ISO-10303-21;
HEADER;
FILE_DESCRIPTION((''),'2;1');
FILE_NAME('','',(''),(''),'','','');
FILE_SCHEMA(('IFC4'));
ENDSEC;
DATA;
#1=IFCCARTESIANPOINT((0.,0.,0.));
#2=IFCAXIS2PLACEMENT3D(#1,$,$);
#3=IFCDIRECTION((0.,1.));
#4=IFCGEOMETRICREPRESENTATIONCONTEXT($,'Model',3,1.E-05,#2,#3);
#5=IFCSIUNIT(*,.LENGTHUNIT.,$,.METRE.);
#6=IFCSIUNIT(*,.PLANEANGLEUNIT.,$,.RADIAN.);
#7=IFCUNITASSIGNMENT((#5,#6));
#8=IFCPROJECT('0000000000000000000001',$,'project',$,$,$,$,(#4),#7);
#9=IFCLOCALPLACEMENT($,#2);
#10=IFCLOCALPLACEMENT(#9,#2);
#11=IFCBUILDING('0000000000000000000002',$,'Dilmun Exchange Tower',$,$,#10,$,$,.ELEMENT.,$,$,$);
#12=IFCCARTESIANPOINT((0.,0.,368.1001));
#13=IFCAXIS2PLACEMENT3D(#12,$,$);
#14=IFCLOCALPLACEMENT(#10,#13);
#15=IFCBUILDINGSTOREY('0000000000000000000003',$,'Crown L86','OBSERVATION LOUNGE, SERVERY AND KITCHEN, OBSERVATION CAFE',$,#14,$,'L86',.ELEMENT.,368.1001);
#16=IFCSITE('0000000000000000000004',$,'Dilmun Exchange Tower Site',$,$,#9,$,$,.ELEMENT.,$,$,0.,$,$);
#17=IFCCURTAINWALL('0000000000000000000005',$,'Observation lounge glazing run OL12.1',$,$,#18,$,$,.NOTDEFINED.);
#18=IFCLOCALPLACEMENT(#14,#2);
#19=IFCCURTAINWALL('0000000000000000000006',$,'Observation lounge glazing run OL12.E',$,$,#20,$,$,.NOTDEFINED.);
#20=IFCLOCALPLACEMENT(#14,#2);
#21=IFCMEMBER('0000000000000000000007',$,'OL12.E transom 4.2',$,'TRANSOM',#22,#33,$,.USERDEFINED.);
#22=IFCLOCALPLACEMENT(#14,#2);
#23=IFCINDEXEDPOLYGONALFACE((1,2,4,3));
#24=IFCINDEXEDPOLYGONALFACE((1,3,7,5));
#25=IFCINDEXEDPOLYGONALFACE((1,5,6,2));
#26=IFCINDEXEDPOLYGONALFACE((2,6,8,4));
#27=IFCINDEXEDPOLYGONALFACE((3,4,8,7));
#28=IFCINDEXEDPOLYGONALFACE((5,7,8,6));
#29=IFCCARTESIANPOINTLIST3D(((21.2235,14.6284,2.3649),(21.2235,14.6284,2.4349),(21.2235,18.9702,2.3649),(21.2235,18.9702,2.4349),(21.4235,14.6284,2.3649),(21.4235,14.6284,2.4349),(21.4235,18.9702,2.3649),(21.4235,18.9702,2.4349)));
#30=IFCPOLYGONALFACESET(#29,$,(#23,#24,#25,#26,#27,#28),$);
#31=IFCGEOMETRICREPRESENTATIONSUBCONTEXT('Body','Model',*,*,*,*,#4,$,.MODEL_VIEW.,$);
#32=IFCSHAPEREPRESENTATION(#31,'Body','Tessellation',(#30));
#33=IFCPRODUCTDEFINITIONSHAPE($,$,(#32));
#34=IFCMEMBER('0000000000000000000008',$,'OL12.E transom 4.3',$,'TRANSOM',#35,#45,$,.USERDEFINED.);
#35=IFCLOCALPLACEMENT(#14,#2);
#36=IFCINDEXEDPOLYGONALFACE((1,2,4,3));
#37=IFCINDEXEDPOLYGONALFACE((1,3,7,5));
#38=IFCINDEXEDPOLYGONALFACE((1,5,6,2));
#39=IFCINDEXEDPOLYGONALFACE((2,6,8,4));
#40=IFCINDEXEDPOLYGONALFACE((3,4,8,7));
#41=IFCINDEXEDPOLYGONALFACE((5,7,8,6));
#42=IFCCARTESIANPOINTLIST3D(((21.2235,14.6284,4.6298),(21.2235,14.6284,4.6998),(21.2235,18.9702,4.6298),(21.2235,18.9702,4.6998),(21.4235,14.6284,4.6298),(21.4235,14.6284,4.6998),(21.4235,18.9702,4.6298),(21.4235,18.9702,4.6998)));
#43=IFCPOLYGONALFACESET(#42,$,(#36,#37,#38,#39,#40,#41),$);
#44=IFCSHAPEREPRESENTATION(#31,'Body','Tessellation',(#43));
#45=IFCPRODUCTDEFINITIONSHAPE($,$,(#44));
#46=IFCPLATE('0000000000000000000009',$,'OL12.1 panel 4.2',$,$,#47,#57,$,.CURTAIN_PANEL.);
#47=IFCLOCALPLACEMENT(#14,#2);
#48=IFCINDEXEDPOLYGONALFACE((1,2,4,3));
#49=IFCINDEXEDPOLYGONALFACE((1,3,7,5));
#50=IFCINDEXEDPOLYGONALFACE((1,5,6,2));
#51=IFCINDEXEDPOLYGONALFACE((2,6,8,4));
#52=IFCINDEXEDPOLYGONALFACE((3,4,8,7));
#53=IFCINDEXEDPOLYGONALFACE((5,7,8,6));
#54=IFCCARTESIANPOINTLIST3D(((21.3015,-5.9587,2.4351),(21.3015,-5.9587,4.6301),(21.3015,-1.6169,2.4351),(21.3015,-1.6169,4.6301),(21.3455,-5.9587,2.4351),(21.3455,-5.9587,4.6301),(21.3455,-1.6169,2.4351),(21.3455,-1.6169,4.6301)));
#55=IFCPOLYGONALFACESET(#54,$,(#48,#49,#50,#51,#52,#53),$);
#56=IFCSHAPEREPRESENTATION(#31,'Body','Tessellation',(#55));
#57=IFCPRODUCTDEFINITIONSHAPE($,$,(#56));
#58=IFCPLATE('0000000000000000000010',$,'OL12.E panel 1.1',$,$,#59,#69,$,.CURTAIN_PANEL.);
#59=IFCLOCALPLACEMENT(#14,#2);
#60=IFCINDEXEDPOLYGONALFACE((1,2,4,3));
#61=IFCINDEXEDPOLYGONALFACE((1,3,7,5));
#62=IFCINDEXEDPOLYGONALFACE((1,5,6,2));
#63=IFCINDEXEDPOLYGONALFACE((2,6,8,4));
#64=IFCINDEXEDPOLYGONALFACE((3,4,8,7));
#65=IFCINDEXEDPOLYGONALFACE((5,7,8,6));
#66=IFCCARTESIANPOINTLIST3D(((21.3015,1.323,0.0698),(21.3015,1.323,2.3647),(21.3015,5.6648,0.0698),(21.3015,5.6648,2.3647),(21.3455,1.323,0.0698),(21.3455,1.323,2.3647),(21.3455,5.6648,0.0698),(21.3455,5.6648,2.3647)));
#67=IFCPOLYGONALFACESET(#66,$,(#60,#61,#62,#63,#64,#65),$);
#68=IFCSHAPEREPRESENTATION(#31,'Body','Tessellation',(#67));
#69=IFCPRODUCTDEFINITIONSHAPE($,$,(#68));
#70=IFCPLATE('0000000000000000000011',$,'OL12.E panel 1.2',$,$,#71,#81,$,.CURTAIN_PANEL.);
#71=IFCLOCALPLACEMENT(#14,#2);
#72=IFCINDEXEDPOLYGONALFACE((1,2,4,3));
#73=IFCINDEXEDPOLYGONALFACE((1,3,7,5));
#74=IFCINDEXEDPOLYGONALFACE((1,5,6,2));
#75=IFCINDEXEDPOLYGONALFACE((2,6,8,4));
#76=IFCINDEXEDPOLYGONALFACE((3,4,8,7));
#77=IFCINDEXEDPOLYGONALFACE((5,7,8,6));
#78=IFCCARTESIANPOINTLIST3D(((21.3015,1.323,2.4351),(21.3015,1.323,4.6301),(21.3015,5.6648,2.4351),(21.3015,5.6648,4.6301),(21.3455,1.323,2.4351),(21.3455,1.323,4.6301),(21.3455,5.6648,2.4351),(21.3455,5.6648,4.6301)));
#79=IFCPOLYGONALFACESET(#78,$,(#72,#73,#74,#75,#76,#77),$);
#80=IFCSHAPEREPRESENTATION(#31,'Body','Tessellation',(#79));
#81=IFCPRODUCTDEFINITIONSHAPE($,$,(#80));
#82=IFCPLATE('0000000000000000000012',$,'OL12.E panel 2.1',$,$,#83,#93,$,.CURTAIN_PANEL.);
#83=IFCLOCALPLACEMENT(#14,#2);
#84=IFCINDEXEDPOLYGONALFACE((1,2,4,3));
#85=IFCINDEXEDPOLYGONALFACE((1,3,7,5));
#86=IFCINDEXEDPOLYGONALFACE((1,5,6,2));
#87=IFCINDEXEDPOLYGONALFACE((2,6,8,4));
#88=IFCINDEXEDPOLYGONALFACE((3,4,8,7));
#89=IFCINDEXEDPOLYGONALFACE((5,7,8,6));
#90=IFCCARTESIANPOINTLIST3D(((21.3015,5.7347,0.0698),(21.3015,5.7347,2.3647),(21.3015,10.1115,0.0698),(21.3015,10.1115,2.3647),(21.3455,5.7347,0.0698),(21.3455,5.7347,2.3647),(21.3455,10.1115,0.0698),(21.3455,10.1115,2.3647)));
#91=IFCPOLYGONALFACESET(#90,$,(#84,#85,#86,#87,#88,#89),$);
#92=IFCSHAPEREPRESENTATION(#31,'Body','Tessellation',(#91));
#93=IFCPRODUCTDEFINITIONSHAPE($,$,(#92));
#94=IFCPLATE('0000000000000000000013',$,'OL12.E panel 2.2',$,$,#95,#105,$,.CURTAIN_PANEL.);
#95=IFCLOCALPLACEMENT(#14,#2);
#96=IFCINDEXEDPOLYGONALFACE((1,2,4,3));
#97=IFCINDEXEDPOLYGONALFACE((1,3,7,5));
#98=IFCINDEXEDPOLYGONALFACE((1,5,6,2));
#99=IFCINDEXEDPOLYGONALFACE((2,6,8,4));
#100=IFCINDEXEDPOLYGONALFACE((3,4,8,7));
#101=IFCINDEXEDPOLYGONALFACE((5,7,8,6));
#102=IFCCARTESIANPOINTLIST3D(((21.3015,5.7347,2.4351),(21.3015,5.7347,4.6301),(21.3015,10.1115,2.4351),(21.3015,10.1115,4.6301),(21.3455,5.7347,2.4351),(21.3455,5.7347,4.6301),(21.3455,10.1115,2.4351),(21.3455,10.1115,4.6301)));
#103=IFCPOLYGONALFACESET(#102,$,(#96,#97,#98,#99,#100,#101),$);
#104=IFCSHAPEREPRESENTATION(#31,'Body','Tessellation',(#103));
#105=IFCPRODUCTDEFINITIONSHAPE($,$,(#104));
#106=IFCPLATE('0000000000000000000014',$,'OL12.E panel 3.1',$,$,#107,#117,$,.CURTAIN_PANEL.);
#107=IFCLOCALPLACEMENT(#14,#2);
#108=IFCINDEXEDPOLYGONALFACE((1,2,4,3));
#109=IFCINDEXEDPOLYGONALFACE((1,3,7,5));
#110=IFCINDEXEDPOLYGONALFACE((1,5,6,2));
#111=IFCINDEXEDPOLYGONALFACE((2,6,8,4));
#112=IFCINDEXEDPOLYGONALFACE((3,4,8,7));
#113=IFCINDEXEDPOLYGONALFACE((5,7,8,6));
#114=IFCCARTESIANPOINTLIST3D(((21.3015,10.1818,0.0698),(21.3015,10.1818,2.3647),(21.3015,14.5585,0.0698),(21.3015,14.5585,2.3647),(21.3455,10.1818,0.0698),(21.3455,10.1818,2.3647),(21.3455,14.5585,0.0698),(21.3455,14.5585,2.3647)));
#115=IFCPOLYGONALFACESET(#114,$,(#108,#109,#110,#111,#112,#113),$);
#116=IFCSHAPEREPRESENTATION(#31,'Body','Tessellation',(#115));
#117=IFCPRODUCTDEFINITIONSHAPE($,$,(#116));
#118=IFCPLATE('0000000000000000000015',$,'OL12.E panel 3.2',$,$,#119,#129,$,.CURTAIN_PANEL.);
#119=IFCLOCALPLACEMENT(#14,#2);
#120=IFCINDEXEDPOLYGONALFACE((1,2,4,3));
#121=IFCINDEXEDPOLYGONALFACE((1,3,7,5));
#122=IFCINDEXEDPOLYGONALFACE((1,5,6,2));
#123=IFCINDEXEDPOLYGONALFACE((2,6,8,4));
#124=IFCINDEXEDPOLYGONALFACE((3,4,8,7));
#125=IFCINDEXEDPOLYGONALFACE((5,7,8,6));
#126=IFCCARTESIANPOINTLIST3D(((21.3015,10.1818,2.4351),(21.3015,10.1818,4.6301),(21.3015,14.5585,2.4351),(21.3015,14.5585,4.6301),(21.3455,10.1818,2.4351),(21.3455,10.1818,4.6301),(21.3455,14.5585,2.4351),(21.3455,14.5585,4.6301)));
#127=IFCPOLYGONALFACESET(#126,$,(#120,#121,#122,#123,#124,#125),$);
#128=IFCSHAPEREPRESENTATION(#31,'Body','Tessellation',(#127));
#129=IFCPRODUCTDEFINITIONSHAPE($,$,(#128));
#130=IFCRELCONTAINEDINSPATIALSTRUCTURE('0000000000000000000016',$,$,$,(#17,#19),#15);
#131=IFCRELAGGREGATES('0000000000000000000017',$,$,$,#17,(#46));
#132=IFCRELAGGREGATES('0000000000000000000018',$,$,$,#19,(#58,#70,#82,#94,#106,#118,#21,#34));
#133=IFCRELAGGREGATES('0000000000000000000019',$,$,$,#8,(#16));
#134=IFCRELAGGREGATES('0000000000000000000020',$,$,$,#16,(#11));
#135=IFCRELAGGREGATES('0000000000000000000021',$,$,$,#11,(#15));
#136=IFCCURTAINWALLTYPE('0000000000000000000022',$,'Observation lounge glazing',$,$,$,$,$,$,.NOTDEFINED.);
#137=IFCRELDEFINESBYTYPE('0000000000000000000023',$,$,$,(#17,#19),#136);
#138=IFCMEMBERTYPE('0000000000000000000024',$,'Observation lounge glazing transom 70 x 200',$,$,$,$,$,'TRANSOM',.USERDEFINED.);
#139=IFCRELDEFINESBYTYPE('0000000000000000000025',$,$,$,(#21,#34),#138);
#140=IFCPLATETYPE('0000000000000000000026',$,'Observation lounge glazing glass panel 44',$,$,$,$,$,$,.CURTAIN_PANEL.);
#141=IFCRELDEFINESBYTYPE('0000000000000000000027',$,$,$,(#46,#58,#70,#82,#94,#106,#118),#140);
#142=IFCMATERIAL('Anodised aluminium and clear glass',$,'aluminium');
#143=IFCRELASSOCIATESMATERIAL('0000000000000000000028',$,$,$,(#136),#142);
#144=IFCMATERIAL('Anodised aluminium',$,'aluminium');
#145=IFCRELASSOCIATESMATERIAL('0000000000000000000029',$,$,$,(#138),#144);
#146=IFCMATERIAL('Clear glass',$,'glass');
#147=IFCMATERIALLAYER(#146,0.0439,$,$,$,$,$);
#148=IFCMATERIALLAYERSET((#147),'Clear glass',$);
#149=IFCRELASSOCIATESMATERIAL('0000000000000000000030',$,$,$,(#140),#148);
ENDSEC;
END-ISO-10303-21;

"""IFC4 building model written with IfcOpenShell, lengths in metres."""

from ifc_helpers import new_model, si_unit, direction, frame, origin, origin_2d, place, context, subcontext, project, spatial, rectangle, extrude, material, layer, layer_set, material_profile, profile_set, type_object, element, aggregate, save


model = new_model("IFC4")

# Units and contexts
model_context = context("Model", 3, precision=1e-05, world=origin(), true_north=direction((0.0, 1.0)))
body_context = subcontext(model_context, "Body", "Model", "MODEL_VIEW")
ifc_project = project(units=[si_unit("LENGTHUNIT", "METRE"), si_unit("PLANEANGLEUNIT", "RADIAN")], contexts=[model_context])

# Site, building, storey
site_placement = place(None, origin())
site = spatial("IfcSite", under=ifc_project, at=site_placement, Name="Dilmun Exchange Tower Site", CompositionType="ELEMENT", RefElevation=0.0)
building_placement = place(site_placement, origin())
building = spatial("IfcBuilding", under=site, at=building_placement, Name="Dilmun Exchange Tower", CompositionType="ELEMENT")
storey_placement = place(building_placement, frame((0.0, 0.0, 368.1001)))
storey = spatial("IfcBuildingStorey", under=building, at=storey_placement, Name="Crown L86", Description="OBSERVATION LOUNGE, SERVERY AND KITCHEN, OBSERVATION CAFE", LongName="L86", CompositionType="ELEMENT", Elevation=368.1001)

# Curtain wall
ifc_material_1 = material(Name="Anodised aluminium and clear glass", Category="aluminium")
curtain_wall_type = type_object("IfcCurtainWallType", Name="Observation lounge glazing", PredefinedType="NOTDEFINED", material=ifc_material_1)
curtain_wall_1_placement = place(storey_placement, origin())
curtain_wall_1 = element("IfcCurtainWall", 1, at=curtain_wall_1_placement, inside=storey, type_object=curtain_wall_type, Name="Observation lounge glazing run OL12.1", PredefinedType="NOTDEFINED")
ifc_material_2 = material(Name="Anodised aluminium", Category="aluminium")

# Curtain wall, members
curtain_wall_2_placement = place(storey_placement, origin())
curtain_wall_2 = element("IfcCurtainWall", 2, at=curtain_wall_2_placement, inside=storey, type_object=curtain_wall_type, Name="Observation lounge glazing run OL12.E", PredefinedType="NOTDEFINED")
ifc_material_profile_1 = material_profile(ifc_material_2, rectangle(XDim=0.2, YDim=0.0701, at=origin_2d()), Name="AL 70x200")
ifc_profile_set_1 = profile_set([ifc_material_profile_1], Name="Anodised aluminium")
member_type_1 = type_object("IfcMemberType", Name="Observation lounge glazing transom 70 x 200", ElementType="TRANSOM", PredefinedType="USERDEFINED", material=ifc_profile_set_1)
member_1_placement = place(storey_placement, frame((21.3235, 14.6284, 2.3999), z_axis=(0.0, 1.0, 0.0), x_axis=(-1.0, 0.0, 0.0)))
member_1 = element("IfcMember", 3, at=member_1_placement, type_object=member_type_1, Name="OL12.E transom 4.2", ObjectType="TRANSOM", PredefinedType="USERDEFINED", context=body_context, shape_type="SweptSolid", body=[
    extrude(rectangle(XDim=0.2, YDim=0.0701, at=origin_2d()), origin(), (0.0, 0.0, 1.0), 4.3418),
])
member_2_placement = place(storey_placement, frame((21.3235, 14.6284, 4.6648), z_axis=(0.0, 1.0, 0.0), x_axis=(-1.0, 0.0, 0.0)))
member_2 = element("IfcMember", 4, at=member_2_placement, type_object=member_type_1, Name="OL12.E transom 4.3", ObjectType="TRANSOM", PredefinedType="USERDEFINED", context=body_context, shape_type="SweptSolid", body=[
    extrude(rectangle(XDim=0.2, YDim=0.0701, at=origin_2d()), origin(), (0.0, 0.0, 1.0), 4.3418),
])

# Plates
ifc_material_3 = material(Name="Clear glass", Category="glass")
ifc_layer_1 = layer(ifc_material_3, 0.0439)
ifc_layer_set_1 = layer_set([ifc_layer_1], Name="Clear glass")
plate_type = type_object("IfcPlateType", Name="Observation lounge glazing glass panel 44", PredefinedType="CURTAIN_PANEL", material=ifc_layer_set_1)
plate_1_placement = place(storey_placement, frame((21.3235, -3.7878, 2.4351), z_axis=(0.0, 0.0, 1.0), x_axis=(0.0, 1.0, 0.0)))
plate_1 = element("IfcPlate", 5, at=plate_1_placement, type_object=plate_type, Name="OL12.1 panel 4.2", PredefinedType="CURTAIN_PANEL", context=body_context, shape_type="SweptSolid", body=[
    extrude(rectangle(XDim=4.3418, YDim=0.0439, at=origin_2d()), origin(), (0.0, 0.0, 1.0), 2.1951),
])
aggregate(curtain_wall_1, [plate_1])
plate_2_placement = place(storey_placement, frame((21.3235, 3.4939, 0.0698), z_axis=(0.0, 0.0, 1.0), x_axis=(0.0, 1.0, 0.0)))
plate_2 = element("IfcPlate", 6, at=plate_2_placement, type_object=plate_type, Name="OL12.E panel 1.1", PredefinedType="CURTAIN_PANEL", context=body_context, shape_type="SweptSolid", body=[
    extrude(rectangle(XDim=4.3418, YDim=0.0439, at=origin_2d()), origin(), (0.0, 0.0, 1.0), 2.2949),
])
plate_3_placement = place(storey_placement, frame((21.3235, 3.4939, 2.4351), z_axis=(0.0, 0.0, 1.0), x_axis=(0.0, 1.0, 0.0)))
plate_3 = element("IfcPlate", 7, at=plate_3_placement, type_object=plate_type, Name="OL12.E panel 1.2", PredefinedType="CURTAIN_PANEL", context=body_context, shape_type="SweptSolid", body=[
    extrude(rectangle(XDim=4.3418, YDim=0.0439, at=origin_2d()), origin(), (0.0, 0.0, 1.0), 2.1951),
])
plate_4_placement = place(storey_placement, frame((21.3235, 7.9231, 0.0698), z_axis=(0.0, 0.0, 1.0), x_axis=(0.0, 1.0, 0.0)))
plate_4 = element("IfcPlate", 8, at=plate_4_placement, type_object=plate_type, Name="OL12.E panel 2.1", PredefinedType="CURTAIN_PANEL", context=body_context, shape_type="SweptSolid", body=[
    extrude(rectangle(XDim=4.3767, YDim=0.0439, at=origin_2d()), origin(), (0.0, 0.0, 1.0), 2.2949),
])
plate_5_placement = place(storey_placement, frame((21.3235, 7.9231, 2.4351), z_axis=(0.0, 0.0, 1.0), x_axis=(0.0, 1.0, 0.0)))
plate_5 = element("IfcPlate", 9, at=plate_5_placement, type_object=plate_type, Name="OL12.E panel 2.2", PredefinedType="CURTAIN_PANEL", context=body_context, shape_type="SweptSolid", body=[
    extrude(rectangle(XDim=4.3767, YDim=0.0439, at=origin_2d()), origin(), (0.0, 0.0, 1.0), 2.1951),
])
plate_6_placement = place(storey_placement, frame((21.3235, 12.3701, 0.0698), z_axis=(0.0, 0.0, 1.0), x_axis=(0.0, 1.0, 0.0)))
plate_6 = element("IfcPlate", 10, at=plate_6_placement, type_object=plate_type, Name="OL12.E panel 3.1", PredefinedType="CURTAIN_PANEL", context=body_context, shape_type="SweptSolid", body=[
    extrude(rectangle(XDim=4.3767, YDim=0.0439, at=origin_2d()), origin(), (0.0, 0.0, 1.0), 2.2949),
])
plate_7_placement = place(storey_placement, frame((21.3235, 12.3701, 2.4351), z_axis=(0.0, 0.0, 1.0), x_axis=(0.0, 1.0, 0.0)))
plate_7 = element("IfcPlate", 11, at=plate_7_placement, type_object=plate_type, Name="OL12.E panel 3.2", PredefinedType="CURTAIN_PANEL", context=body_context, shape_type="SweptSolid", body=[
    extrude(rectangle(XDim=4.3767, YDim=0.0439, at=origin_2d()), origin(), (0.0, 0.0, 1.0), 2.1951),
])
aggregate(curtain_wall_2, [plate_2, plate_3, plate_4, plate_5, plate_6, plate_7, member_1, member_2])

save(model, "model.ifc")
